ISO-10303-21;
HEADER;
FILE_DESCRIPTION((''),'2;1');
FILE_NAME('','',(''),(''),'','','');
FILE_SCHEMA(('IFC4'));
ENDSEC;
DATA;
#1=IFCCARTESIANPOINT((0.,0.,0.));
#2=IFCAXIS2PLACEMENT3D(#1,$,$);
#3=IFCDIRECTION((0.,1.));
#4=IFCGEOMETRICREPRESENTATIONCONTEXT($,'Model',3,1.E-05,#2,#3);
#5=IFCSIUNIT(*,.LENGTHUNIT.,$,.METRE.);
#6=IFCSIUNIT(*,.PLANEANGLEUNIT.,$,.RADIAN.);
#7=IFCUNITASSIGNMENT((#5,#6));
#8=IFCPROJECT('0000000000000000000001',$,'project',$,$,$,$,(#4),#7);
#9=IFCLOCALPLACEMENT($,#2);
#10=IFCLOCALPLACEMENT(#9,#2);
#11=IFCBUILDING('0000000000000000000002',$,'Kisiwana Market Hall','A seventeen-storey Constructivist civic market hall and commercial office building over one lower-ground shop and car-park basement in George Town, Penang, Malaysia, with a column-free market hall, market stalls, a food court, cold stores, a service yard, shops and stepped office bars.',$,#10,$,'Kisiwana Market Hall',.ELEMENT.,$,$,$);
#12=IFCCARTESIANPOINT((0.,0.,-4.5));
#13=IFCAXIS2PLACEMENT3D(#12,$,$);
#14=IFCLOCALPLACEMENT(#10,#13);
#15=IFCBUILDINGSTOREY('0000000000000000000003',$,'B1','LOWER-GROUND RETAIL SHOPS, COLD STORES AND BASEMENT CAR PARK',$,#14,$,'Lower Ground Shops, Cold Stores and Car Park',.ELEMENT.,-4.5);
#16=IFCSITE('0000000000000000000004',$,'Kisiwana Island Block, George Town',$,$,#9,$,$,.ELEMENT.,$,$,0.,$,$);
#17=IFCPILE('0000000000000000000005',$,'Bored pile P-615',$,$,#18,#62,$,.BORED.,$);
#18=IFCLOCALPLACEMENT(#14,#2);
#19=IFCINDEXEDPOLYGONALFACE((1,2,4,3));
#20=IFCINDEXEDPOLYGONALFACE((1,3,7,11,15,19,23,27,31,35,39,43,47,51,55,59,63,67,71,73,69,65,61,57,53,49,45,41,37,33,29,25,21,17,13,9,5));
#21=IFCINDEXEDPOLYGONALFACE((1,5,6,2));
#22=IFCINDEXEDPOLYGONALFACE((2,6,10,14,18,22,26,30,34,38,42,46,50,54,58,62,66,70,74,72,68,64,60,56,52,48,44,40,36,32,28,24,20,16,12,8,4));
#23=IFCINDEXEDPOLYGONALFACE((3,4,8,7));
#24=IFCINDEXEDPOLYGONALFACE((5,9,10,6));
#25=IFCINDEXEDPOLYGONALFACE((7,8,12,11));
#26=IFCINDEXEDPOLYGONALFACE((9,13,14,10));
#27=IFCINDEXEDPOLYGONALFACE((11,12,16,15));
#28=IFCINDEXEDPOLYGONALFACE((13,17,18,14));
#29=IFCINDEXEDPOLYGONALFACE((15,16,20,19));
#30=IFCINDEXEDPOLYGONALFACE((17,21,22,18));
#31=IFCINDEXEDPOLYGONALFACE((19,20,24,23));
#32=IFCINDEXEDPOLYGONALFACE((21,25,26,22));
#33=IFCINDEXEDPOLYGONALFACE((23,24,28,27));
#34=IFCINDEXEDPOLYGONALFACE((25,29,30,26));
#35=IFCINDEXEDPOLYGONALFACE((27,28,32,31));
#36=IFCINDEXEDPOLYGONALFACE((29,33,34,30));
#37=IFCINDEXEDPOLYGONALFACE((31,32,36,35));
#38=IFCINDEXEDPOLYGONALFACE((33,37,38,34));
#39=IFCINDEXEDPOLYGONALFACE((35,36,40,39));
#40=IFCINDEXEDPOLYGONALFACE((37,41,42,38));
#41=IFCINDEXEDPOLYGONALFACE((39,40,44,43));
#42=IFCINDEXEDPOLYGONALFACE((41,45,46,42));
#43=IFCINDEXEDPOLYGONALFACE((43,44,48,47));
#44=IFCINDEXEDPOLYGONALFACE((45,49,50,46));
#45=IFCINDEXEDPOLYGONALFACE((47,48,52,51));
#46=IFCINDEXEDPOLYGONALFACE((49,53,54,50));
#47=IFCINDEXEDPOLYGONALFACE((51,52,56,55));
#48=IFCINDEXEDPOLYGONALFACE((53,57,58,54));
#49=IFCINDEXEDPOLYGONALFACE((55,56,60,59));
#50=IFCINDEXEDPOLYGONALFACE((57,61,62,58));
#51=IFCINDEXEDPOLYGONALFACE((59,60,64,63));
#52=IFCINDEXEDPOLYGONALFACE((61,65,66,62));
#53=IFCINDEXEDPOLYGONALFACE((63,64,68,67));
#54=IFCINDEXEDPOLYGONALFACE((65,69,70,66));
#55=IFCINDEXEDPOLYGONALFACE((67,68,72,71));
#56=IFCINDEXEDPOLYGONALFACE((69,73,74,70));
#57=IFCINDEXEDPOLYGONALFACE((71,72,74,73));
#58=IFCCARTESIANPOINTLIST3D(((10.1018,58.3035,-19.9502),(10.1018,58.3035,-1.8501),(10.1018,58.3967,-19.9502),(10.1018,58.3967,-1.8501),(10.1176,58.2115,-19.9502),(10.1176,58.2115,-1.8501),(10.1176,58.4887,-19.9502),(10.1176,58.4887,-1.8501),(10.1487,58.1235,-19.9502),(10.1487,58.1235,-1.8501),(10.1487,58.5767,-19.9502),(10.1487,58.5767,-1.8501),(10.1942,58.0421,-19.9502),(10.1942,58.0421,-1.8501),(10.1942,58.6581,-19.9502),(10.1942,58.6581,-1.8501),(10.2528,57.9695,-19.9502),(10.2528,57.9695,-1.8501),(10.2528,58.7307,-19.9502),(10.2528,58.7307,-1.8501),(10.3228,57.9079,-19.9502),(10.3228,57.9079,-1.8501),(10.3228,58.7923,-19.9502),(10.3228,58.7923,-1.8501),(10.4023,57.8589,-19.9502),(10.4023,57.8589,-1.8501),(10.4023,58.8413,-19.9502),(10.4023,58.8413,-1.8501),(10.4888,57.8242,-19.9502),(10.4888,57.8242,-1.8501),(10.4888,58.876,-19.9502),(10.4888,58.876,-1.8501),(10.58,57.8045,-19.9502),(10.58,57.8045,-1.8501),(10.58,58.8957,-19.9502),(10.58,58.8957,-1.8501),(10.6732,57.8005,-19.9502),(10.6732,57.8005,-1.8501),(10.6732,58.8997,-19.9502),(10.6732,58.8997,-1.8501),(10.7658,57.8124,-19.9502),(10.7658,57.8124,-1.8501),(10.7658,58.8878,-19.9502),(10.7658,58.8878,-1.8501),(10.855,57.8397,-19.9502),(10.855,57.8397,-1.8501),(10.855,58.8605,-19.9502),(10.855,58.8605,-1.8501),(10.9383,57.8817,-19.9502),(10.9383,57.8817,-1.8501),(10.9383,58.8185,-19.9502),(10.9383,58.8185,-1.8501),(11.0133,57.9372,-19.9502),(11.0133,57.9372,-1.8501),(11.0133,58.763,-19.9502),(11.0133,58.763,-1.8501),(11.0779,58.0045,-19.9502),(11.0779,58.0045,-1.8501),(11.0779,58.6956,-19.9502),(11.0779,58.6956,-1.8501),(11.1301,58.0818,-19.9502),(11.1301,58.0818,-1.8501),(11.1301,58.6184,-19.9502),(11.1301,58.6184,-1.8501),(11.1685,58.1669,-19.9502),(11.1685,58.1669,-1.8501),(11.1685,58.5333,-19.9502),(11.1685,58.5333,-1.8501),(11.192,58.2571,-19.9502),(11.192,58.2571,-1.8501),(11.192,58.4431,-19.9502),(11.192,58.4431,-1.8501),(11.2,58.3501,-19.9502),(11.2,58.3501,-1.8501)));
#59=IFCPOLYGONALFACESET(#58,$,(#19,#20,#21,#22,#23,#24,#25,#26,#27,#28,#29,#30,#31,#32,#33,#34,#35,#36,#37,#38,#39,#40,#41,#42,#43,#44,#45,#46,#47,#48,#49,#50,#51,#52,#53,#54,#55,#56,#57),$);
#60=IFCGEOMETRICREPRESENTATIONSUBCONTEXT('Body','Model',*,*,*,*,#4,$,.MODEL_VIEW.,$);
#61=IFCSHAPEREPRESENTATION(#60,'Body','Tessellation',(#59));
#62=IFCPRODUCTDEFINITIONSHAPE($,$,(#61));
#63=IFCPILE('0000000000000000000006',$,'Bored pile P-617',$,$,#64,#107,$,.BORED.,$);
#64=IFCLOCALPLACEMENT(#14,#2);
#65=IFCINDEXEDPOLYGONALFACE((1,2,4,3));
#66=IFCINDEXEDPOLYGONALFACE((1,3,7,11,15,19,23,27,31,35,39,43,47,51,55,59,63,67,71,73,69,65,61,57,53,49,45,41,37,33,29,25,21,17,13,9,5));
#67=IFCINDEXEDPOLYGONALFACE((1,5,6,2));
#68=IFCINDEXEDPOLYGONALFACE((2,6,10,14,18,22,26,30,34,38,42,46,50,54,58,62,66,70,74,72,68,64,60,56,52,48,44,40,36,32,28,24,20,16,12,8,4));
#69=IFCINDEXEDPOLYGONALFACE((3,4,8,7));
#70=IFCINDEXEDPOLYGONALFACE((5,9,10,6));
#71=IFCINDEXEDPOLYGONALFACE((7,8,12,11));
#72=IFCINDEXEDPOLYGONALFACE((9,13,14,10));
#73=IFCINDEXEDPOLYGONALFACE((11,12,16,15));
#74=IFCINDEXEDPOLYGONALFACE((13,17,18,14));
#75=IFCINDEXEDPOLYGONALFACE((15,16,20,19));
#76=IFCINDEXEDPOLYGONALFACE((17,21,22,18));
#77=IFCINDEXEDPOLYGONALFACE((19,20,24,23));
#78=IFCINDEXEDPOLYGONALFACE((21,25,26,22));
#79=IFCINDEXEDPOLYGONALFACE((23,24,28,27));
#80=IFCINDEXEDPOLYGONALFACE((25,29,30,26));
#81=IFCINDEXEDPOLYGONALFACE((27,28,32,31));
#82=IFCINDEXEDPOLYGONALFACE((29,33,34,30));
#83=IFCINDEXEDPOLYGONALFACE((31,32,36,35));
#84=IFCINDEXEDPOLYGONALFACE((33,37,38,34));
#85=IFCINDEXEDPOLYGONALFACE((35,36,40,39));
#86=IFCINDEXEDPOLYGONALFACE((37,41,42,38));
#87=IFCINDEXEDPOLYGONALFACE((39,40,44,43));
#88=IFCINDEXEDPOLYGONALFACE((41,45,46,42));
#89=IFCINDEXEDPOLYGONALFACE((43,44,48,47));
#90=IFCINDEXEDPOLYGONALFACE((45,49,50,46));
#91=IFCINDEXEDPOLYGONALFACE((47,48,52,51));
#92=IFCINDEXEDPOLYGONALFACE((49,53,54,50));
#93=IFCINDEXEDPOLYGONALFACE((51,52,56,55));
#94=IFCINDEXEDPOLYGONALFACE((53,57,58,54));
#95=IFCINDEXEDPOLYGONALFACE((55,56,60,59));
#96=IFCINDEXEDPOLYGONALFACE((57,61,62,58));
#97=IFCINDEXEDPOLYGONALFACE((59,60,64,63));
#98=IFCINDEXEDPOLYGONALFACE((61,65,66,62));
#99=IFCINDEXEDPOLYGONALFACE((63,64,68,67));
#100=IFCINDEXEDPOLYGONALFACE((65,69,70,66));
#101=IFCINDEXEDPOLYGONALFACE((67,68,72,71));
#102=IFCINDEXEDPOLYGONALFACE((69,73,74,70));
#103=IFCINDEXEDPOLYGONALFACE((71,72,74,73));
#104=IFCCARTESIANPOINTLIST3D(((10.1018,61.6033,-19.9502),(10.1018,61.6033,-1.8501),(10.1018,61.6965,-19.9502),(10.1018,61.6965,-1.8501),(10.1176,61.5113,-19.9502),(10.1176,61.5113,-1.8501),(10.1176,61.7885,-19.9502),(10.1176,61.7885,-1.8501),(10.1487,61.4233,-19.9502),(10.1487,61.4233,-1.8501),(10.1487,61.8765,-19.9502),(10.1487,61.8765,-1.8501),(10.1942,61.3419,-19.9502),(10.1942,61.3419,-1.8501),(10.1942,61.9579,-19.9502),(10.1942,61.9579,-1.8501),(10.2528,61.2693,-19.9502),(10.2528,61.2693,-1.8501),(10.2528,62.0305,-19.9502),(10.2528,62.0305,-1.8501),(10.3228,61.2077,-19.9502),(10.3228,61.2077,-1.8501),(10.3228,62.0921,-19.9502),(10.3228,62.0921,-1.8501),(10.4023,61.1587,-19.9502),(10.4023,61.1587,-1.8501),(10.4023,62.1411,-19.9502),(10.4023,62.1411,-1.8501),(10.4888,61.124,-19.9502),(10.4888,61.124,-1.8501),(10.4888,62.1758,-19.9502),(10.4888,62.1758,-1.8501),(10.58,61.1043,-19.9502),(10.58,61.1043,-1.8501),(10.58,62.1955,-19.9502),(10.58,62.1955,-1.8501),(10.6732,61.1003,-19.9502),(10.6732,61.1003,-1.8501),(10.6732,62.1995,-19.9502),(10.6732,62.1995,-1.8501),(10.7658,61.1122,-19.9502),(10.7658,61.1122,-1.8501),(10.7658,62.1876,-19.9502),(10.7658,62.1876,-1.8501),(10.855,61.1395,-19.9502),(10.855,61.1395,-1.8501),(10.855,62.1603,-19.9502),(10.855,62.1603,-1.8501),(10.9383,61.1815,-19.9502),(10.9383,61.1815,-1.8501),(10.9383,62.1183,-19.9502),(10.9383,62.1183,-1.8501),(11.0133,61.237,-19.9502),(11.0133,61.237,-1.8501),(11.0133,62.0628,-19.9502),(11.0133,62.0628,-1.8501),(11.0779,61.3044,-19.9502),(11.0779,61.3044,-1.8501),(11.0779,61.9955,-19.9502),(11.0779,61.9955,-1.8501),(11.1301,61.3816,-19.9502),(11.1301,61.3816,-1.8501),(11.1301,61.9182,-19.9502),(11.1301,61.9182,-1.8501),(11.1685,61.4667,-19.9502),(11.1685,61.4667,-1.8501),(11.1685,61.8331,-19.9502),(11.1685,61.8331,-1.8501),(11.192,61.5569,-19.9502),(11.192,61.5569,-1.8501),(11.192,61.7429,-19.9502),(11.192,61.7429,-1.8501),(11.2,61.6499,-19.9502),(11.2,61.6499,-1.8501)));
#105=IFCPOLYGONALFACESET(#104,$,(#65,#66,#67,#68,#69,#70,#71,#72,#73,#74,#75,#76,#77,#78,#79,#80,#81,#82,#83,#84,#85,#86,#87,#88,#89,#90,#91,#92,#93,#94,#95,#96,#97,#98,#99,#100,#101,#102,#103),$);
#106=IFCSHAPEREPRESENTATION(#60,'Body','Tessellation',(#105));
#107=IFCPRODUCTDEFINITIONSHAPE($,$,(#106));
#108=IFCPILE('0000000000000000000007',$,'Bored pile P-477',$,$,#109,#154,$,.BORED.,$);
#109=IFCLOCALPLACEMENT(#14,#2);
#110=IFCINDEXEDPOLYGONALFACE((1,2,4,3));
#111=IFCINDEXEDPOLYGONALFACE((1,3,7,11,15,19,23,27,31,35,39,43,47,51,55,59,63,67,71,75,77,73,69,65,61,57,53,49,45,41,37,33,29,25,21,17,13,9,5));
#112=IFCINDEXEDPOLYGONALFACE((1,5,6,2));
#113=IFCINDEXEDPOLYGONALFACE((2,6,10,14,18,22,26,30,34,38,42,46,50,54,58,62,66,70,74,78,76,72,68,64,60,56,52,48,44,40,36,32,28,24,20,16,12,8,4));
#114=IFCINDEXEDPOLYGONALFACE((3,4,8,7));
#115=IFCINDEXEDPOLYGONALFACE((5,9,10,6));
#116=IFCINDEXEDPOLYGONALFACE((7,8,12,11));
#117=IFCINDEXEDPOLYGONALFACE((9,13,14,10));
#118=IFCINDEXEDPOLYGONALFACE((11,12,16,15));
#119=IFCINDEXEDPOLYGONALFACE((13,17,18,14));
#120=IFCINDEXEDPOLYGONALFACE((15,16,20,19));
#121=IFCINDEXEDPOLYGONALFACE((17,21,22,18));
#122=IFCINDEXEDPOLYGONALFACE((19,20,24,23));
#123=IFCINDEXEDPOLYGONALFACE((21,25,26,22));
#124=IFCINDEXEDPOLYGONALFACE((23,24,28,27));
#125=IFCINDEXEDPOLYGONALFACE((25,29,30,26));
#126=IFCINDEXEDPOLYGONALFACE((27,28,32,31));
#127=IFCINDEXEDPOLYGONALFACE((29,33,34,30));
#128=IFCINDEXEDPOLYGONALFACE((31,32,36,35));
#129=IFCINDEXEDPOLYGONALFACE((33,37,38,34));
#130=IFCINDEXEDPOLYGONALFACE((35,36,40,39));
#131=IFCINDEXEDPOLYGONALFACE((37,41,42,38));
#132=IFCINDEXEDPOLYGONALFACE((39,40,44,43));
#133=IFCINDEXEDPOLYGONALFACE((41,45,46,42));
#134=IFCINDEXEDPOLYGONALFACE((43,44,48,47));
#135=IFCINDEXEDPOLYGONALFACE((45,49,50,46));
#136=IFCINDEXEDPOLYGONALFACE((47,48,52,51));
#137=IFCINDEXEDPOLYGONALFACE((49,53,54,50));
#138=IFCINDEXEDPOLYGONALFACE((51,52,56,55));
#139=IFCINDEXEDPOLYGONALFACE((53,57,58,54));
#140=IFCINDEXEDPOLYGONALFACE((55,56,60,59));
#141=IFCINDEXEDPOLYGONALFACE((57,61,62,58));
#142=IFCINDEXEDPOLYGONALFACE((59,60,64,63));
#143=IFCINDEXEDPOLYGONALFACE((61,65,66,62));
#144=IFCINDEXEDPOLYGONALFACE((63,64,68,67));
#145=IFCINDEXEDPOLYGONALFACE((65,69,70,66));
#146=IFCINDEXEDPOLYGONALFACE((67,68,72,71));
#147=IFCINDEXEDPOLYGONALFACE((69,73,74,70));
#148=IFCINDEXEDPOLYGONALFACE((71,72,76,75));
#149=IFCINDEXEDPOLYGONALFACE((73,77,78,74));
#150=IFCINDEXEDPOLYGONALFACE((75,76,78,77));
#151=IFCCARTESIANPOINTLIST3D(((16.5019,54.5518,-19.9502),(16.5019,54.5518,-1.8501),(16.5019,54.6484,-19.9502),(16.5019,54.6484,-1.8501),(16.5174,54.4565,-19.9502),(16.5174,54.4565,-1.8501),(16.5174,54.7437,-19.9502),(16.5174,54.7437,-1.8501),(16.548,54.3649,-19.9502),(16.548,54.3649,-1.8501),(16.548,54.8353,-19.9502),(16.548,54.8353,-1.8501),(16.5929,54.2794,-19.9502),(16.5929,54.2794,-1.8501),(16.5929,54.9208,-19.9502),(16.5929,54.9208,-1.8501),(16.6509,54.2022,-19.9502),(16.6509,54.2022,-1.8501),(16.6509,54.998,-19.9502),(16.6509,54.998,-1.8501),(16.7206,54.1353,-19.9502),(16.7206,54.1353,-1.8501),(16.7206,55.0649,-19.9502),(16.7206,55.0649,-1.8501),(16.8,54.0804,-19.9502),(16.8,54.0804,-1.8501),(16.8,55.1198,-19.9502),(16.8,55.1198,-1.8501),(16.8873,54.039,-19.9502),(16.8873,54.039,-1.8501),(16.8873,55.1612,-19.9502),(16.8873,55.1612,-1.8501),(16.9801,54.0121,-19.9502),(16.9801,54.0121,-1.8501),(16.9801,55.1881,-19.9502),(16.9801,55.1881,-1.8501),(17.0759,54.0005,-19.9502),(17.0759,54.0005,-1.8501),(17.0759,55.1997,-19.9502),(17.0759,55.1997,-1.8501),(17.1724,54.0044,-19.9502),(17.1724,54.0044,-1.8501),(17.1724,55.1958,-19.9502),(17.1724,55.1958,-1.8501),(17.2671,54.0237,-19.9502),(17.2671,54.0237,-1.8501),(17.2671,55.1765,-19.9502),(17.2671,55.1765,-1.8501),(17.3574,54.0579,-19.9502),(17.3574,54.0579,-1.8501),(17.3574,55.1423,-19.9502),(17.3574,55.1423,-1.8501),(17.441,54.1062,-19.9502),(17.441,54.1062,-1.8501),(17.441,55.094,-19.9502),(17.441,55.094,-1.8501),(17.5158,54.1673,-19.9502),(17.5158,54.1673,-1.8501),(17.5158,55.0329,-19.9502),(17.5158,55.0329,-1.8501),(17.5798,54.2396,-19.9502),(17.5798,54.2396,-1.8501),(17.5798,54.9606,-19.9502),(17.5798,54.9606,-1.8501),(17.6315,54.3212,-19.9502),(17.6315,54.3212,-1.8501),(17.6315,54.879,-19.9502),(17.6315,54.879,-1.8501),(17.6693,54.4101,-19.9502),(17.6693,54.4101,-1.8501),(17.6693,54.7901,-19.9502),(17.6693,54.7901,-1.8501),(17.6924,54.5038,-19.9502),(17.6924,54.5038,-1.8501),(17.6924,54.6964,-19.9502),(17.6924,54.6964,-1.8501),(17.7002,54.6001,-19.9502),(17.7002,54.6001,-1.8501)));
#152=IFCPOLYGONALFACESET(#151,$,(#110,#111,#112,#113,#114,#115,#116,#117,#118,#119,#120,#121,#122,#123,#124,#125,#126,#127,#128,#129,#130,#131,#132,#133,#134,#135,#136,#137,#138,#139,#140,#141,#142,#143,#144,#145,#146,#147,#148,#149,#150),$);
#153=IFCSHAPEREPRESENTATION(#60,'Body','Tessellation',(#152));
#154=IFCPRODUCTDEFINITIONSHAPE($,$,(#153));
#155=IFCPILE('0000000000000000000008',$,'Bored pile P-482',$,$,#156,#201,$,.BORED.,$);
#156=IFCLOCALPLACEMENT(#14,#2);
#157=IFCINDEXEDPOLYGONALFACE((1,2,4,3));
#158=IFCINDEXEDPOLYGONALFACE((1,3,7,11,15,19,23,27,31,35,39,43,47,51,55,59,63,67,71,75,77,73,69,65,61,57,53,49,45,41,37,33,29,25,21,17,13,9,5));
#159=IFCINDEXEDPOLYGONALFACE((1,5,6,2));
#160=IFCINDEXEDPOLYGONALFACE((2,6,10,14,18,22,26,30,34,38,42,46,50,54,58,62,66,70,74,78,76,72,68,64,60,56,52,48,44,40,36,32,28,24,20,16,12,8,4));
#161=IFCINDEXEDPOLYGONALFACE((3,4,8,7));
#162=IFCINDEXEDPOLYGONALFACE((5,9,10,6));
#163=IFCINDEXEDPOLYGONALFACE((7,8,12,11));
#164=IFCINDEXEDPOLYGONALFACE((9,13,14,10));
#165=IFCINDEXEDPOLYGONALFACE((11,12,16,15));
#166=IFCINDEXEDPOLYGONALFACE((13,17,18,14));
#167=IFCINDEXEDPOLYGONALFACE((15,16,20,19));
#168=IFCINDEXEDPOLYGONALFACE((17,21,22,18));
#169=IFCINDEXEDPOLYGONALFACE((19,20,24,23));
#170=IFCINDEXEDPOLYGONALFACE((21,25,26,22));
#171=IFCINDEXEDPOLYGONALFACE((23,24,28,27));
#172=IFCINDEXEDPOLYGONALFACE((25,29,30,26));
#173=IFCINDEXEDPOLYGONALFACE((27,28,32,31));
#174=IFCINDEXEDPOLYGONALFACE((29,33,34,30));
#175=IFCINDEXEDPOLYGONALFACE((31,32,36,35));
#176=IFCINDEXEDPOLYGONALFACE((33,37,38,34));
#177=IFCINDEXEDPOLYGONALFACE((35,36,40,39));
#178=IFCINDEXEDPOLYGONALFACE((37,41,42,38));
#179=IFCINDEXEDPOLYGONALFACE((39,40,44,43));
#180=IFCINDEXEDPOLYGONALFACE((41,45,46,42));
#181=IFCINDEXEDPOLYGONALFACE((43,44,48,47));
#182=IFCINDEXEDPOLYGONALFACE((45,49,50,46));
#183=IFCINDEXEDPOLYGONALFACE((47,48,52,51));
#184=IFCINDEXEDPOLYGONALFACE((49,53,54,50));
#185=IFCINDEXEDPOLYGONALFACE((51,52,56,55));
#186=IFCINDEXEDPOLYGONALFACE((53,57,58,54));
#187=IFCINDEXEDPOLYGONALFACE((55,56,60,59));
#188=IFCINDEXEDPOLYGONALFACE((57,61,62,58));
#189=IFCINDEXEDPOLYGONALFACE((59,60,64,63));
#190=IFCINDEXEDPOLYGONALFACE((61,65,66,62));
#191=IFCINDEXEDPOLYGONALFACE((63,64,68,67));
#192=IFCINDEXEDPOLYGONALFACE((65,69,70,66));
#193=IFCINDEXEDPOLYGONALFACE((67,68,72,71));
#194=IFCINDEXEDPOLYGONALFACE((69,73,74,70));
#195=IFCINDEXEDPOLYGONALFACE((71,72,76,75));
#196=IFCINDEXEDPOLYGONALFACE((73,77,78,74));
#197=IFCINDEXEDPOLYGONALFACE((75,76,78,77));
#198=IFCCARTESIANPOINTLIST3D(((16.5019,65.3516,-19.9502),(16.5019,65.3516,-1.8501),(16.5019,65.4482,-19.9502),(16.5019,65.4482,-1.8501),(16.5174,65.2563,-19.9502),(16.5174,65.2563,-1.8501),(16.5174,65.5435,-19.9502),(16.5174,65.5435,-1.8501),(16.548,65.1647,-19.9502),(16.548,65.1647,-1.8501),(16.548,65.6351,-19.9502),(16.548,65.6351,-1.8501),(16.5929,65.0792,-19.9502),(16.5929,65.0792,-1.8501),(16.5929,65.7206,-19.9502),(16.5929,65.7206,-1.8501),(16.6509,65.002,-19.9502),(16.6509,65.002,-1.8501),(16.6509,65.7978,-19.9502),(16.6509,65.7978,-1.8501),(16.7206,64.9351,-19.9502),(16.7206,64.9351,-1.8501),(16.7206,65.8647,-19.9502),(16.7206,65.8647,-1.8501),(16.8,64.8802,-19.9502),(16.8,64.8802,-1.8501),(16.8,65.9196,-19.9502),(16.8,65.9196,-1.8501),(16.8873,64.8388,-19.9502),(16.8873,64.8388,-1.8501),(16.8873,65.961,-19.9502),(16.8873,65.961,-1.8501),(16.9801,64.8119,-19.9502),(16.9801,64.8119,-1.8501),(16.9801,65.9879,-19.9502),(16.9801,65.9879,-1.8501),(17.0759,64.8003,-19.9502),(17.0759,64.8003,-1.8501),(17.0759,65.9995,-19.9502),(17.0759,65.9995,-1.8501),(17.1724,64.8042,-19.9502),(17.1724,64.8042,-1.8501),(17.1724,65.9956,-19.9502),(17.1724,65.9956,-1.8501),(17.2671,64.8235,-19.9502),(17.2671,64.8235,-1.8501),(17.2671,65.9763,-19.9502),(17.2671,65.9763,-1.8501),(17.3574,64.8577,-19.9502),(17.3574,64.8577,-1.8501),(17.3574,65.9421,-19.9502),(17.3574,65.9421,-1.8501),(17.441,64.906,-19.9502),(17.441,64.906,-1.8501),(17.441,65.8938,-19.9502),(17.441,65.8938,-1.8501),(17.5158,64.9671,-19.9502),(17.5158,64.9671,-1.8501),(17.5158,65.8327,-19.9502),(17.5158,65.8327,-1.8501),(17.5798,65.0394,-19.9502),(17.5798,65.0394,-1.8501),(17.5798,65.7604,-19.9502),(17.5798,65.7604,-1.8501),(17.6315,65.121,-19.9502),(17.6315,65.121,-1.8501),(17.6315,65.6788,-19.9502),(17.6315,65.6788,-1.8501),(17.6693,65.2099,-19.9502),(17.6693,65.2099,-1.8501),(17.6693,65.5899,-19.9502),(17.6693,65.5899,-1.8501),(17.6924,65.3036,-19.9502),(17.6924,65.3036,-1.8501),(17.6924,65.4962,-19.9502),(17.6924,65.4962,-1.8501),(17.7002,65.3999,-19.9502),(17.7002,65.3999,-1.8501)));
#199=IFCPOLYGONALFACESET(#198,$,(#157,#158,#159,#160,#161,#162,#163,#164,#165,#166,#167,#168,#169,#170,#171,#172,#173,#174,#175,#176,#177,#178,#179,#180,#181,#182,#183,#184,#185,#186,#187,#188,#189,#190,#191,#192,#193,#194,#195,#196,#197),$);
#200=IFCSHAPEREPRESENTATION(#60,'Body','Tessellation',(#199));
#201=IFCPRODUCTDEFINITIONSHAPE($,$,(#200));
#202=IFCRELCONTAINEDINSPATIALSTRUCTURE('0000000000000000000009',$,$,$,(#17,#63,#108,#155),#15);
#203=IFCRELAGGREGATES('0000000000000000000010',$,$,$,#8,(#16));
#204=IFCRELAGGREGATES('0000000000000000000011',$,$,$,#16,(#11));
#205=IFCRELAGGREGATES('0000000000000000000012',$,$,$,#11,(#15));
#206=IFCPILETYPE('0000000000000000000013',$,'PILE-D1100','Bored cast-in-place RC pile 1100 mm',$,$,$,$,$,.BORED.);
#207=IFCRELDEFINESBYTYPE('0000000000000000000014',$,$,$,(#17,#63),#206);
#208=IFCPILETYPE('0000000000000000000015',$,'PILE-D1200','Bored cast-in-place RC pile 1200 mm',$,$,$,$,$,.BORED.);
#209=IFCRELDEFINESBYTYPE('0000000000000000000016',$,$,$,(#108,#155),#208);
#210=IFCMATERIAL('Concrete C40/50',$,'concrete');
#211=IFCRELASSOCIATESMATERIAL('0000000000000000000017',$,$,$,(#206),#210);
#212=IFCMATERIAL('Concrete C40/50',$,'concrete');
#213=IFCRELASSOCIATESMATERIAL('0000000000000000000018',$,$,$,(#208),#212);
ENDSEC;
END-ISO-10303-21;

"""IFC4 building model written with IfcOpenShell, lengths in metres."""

from ifc_helpers import new_model, si_unit, direction, frame, origin, origin_2d, place, context, subcontext, project, spatial, circle, extrude, material, material_profile, profile_set, type_object, element, save


model = new_model("IFC4")

# Units and contexts
model_context = context("Model", 3, precision=1e-05, world=origin(), true_north=direction((0.0, 1.0)))
body_context = subcontext(model_context, "Body", "Model", "MODEL_VIEW")
ifc_project = project(units=[si_unit("LENGTHUNIT", "METRE"), si_unit("PLANEANGLEUNIT", "RADIAN")], contexts=[model_context])

# Site, building, storey
site_placement = place(None, origin())
site = spatial("IfcSite", under=ifc_project, at=site_placement, Name="Kisiwana Island Block, George Town", CompositionType="ELEMENT", RefElevation=0.0)
building_placement = place(site_placement, origin())
building = spatial("IfcBuilding", under=site, at=building_placement, Name="Kisiwana Market Hall", Description="A seventeen-storey Constructivist civic market hall and commercial office building over one lower-ground shop and car-park basement in George Town, Penang, Malaysia, with a column-free market hall, market stalls, a food court, cold stores, a service yard, shops and stepped office bars.", LongName="Kisiwana Market Hall", CompositionType="ELEMENT")
storey_placement = place(building_placement, frame((0.0, 0.0, -4.5)))
storey = spatial("IfcBuildingStorey", under=building, at=storey_placement, Name="B1", Description="LOWER-GROUND RETAIL SHOPS, COLD STORES AND BASEMENT CAR PARK", LongName="Lower Ground Shops, Cold Stores and Car Park", CompositionType="ELEMENT", Elevation=-4.5)

# Piles
ifc_material_1 = material(Name="Concrete C40/50", Category="concrete")
ifc_material_profile_1 = material_profile(ifc_material_1, circle(Radius=0.55, at=origin_2d()), Name="BP D1100")
ifc_profile_set_1 = profile_set([ifc_material_profile_1], Name="Concrete C40/50")
pile_type_1 = type_object("IfcPileType", Name="PILE-D1100", Description="Bored cast-in-place RC pile 1100 mm", PredefinedType="BORED", material=ifc_profile_set_1)
for number, where, z_axis, x_axis, name in (
    (1, (10.6499, 58.3501, -1.8501), (0.0, 0.0, -1.0), (1.0, 0.0, 0.0), "Bored pile P-615"),
    (2, (10.6499, 61.6499, -1.8501), (0.0, 0.0, -1.0), (1.0, 0.0, 0.0), "Bored pile P-617"),
):
    element("IfcPile", number, at=place(storey_placement, frame(where, z_axis=z_axis, x_axis=x_axis)), inside=storey, type_object=pile_type_1, Name=name, PredefinedType="BORED", context=body_context, shape_type="SweptSolid", body=[
        extrude(circle(Radius=0.55, at=origin_2d()), origin(), (0.0, 0.0, 1.0), 18.1001),
    ])
ifc_material_2 = material(Name="Concrete C40/50", Category="concrete")
ifc_material_profile_2 = material_profile(ifc_material_2, circle(Radius=0.6001, at=origin_2d()), Name="BP D1200")
ifc_profile_set_2 = profile_set([ifc_material_profile_2], Name="Concrete C40/50")
pile_type_2 = type_object("IfcPileType", Name="PILE-D1200", Description="Bored cast-in-place RC pile 1200 mm", PredefinedType="BORED", material=ifc_profile_set_2)
for number, where, z_axis, x_axis, name in (
    (3, (17.1001, 54.6001, -1.8501), (0.0, 0.0, -1.0), (1.0, 0.0, 0.0), "Bored pile P-477"),
    (4, (17.1001, 65.3999, -1.8501), (0.0, 0.0, -1.0), (1.0, 0.0, 0.0), "Bored pile P-482"),
):
    element("IfcPile", number, at=place(storey_placement, frame(where, z_axis=z_axis, x_axis=x_axis)), inside=storey, type_object=pile_type_2, Name=name, PredefinedType="BORED", context=body_context, shape_type="SweptSolid", body=[
        extrude(circle(Radius=0.6001, at=origin_2d()), origin(), (0.0, 0.0, 1.0), 18.1001),
    ])

save(model, "model.ifc")
